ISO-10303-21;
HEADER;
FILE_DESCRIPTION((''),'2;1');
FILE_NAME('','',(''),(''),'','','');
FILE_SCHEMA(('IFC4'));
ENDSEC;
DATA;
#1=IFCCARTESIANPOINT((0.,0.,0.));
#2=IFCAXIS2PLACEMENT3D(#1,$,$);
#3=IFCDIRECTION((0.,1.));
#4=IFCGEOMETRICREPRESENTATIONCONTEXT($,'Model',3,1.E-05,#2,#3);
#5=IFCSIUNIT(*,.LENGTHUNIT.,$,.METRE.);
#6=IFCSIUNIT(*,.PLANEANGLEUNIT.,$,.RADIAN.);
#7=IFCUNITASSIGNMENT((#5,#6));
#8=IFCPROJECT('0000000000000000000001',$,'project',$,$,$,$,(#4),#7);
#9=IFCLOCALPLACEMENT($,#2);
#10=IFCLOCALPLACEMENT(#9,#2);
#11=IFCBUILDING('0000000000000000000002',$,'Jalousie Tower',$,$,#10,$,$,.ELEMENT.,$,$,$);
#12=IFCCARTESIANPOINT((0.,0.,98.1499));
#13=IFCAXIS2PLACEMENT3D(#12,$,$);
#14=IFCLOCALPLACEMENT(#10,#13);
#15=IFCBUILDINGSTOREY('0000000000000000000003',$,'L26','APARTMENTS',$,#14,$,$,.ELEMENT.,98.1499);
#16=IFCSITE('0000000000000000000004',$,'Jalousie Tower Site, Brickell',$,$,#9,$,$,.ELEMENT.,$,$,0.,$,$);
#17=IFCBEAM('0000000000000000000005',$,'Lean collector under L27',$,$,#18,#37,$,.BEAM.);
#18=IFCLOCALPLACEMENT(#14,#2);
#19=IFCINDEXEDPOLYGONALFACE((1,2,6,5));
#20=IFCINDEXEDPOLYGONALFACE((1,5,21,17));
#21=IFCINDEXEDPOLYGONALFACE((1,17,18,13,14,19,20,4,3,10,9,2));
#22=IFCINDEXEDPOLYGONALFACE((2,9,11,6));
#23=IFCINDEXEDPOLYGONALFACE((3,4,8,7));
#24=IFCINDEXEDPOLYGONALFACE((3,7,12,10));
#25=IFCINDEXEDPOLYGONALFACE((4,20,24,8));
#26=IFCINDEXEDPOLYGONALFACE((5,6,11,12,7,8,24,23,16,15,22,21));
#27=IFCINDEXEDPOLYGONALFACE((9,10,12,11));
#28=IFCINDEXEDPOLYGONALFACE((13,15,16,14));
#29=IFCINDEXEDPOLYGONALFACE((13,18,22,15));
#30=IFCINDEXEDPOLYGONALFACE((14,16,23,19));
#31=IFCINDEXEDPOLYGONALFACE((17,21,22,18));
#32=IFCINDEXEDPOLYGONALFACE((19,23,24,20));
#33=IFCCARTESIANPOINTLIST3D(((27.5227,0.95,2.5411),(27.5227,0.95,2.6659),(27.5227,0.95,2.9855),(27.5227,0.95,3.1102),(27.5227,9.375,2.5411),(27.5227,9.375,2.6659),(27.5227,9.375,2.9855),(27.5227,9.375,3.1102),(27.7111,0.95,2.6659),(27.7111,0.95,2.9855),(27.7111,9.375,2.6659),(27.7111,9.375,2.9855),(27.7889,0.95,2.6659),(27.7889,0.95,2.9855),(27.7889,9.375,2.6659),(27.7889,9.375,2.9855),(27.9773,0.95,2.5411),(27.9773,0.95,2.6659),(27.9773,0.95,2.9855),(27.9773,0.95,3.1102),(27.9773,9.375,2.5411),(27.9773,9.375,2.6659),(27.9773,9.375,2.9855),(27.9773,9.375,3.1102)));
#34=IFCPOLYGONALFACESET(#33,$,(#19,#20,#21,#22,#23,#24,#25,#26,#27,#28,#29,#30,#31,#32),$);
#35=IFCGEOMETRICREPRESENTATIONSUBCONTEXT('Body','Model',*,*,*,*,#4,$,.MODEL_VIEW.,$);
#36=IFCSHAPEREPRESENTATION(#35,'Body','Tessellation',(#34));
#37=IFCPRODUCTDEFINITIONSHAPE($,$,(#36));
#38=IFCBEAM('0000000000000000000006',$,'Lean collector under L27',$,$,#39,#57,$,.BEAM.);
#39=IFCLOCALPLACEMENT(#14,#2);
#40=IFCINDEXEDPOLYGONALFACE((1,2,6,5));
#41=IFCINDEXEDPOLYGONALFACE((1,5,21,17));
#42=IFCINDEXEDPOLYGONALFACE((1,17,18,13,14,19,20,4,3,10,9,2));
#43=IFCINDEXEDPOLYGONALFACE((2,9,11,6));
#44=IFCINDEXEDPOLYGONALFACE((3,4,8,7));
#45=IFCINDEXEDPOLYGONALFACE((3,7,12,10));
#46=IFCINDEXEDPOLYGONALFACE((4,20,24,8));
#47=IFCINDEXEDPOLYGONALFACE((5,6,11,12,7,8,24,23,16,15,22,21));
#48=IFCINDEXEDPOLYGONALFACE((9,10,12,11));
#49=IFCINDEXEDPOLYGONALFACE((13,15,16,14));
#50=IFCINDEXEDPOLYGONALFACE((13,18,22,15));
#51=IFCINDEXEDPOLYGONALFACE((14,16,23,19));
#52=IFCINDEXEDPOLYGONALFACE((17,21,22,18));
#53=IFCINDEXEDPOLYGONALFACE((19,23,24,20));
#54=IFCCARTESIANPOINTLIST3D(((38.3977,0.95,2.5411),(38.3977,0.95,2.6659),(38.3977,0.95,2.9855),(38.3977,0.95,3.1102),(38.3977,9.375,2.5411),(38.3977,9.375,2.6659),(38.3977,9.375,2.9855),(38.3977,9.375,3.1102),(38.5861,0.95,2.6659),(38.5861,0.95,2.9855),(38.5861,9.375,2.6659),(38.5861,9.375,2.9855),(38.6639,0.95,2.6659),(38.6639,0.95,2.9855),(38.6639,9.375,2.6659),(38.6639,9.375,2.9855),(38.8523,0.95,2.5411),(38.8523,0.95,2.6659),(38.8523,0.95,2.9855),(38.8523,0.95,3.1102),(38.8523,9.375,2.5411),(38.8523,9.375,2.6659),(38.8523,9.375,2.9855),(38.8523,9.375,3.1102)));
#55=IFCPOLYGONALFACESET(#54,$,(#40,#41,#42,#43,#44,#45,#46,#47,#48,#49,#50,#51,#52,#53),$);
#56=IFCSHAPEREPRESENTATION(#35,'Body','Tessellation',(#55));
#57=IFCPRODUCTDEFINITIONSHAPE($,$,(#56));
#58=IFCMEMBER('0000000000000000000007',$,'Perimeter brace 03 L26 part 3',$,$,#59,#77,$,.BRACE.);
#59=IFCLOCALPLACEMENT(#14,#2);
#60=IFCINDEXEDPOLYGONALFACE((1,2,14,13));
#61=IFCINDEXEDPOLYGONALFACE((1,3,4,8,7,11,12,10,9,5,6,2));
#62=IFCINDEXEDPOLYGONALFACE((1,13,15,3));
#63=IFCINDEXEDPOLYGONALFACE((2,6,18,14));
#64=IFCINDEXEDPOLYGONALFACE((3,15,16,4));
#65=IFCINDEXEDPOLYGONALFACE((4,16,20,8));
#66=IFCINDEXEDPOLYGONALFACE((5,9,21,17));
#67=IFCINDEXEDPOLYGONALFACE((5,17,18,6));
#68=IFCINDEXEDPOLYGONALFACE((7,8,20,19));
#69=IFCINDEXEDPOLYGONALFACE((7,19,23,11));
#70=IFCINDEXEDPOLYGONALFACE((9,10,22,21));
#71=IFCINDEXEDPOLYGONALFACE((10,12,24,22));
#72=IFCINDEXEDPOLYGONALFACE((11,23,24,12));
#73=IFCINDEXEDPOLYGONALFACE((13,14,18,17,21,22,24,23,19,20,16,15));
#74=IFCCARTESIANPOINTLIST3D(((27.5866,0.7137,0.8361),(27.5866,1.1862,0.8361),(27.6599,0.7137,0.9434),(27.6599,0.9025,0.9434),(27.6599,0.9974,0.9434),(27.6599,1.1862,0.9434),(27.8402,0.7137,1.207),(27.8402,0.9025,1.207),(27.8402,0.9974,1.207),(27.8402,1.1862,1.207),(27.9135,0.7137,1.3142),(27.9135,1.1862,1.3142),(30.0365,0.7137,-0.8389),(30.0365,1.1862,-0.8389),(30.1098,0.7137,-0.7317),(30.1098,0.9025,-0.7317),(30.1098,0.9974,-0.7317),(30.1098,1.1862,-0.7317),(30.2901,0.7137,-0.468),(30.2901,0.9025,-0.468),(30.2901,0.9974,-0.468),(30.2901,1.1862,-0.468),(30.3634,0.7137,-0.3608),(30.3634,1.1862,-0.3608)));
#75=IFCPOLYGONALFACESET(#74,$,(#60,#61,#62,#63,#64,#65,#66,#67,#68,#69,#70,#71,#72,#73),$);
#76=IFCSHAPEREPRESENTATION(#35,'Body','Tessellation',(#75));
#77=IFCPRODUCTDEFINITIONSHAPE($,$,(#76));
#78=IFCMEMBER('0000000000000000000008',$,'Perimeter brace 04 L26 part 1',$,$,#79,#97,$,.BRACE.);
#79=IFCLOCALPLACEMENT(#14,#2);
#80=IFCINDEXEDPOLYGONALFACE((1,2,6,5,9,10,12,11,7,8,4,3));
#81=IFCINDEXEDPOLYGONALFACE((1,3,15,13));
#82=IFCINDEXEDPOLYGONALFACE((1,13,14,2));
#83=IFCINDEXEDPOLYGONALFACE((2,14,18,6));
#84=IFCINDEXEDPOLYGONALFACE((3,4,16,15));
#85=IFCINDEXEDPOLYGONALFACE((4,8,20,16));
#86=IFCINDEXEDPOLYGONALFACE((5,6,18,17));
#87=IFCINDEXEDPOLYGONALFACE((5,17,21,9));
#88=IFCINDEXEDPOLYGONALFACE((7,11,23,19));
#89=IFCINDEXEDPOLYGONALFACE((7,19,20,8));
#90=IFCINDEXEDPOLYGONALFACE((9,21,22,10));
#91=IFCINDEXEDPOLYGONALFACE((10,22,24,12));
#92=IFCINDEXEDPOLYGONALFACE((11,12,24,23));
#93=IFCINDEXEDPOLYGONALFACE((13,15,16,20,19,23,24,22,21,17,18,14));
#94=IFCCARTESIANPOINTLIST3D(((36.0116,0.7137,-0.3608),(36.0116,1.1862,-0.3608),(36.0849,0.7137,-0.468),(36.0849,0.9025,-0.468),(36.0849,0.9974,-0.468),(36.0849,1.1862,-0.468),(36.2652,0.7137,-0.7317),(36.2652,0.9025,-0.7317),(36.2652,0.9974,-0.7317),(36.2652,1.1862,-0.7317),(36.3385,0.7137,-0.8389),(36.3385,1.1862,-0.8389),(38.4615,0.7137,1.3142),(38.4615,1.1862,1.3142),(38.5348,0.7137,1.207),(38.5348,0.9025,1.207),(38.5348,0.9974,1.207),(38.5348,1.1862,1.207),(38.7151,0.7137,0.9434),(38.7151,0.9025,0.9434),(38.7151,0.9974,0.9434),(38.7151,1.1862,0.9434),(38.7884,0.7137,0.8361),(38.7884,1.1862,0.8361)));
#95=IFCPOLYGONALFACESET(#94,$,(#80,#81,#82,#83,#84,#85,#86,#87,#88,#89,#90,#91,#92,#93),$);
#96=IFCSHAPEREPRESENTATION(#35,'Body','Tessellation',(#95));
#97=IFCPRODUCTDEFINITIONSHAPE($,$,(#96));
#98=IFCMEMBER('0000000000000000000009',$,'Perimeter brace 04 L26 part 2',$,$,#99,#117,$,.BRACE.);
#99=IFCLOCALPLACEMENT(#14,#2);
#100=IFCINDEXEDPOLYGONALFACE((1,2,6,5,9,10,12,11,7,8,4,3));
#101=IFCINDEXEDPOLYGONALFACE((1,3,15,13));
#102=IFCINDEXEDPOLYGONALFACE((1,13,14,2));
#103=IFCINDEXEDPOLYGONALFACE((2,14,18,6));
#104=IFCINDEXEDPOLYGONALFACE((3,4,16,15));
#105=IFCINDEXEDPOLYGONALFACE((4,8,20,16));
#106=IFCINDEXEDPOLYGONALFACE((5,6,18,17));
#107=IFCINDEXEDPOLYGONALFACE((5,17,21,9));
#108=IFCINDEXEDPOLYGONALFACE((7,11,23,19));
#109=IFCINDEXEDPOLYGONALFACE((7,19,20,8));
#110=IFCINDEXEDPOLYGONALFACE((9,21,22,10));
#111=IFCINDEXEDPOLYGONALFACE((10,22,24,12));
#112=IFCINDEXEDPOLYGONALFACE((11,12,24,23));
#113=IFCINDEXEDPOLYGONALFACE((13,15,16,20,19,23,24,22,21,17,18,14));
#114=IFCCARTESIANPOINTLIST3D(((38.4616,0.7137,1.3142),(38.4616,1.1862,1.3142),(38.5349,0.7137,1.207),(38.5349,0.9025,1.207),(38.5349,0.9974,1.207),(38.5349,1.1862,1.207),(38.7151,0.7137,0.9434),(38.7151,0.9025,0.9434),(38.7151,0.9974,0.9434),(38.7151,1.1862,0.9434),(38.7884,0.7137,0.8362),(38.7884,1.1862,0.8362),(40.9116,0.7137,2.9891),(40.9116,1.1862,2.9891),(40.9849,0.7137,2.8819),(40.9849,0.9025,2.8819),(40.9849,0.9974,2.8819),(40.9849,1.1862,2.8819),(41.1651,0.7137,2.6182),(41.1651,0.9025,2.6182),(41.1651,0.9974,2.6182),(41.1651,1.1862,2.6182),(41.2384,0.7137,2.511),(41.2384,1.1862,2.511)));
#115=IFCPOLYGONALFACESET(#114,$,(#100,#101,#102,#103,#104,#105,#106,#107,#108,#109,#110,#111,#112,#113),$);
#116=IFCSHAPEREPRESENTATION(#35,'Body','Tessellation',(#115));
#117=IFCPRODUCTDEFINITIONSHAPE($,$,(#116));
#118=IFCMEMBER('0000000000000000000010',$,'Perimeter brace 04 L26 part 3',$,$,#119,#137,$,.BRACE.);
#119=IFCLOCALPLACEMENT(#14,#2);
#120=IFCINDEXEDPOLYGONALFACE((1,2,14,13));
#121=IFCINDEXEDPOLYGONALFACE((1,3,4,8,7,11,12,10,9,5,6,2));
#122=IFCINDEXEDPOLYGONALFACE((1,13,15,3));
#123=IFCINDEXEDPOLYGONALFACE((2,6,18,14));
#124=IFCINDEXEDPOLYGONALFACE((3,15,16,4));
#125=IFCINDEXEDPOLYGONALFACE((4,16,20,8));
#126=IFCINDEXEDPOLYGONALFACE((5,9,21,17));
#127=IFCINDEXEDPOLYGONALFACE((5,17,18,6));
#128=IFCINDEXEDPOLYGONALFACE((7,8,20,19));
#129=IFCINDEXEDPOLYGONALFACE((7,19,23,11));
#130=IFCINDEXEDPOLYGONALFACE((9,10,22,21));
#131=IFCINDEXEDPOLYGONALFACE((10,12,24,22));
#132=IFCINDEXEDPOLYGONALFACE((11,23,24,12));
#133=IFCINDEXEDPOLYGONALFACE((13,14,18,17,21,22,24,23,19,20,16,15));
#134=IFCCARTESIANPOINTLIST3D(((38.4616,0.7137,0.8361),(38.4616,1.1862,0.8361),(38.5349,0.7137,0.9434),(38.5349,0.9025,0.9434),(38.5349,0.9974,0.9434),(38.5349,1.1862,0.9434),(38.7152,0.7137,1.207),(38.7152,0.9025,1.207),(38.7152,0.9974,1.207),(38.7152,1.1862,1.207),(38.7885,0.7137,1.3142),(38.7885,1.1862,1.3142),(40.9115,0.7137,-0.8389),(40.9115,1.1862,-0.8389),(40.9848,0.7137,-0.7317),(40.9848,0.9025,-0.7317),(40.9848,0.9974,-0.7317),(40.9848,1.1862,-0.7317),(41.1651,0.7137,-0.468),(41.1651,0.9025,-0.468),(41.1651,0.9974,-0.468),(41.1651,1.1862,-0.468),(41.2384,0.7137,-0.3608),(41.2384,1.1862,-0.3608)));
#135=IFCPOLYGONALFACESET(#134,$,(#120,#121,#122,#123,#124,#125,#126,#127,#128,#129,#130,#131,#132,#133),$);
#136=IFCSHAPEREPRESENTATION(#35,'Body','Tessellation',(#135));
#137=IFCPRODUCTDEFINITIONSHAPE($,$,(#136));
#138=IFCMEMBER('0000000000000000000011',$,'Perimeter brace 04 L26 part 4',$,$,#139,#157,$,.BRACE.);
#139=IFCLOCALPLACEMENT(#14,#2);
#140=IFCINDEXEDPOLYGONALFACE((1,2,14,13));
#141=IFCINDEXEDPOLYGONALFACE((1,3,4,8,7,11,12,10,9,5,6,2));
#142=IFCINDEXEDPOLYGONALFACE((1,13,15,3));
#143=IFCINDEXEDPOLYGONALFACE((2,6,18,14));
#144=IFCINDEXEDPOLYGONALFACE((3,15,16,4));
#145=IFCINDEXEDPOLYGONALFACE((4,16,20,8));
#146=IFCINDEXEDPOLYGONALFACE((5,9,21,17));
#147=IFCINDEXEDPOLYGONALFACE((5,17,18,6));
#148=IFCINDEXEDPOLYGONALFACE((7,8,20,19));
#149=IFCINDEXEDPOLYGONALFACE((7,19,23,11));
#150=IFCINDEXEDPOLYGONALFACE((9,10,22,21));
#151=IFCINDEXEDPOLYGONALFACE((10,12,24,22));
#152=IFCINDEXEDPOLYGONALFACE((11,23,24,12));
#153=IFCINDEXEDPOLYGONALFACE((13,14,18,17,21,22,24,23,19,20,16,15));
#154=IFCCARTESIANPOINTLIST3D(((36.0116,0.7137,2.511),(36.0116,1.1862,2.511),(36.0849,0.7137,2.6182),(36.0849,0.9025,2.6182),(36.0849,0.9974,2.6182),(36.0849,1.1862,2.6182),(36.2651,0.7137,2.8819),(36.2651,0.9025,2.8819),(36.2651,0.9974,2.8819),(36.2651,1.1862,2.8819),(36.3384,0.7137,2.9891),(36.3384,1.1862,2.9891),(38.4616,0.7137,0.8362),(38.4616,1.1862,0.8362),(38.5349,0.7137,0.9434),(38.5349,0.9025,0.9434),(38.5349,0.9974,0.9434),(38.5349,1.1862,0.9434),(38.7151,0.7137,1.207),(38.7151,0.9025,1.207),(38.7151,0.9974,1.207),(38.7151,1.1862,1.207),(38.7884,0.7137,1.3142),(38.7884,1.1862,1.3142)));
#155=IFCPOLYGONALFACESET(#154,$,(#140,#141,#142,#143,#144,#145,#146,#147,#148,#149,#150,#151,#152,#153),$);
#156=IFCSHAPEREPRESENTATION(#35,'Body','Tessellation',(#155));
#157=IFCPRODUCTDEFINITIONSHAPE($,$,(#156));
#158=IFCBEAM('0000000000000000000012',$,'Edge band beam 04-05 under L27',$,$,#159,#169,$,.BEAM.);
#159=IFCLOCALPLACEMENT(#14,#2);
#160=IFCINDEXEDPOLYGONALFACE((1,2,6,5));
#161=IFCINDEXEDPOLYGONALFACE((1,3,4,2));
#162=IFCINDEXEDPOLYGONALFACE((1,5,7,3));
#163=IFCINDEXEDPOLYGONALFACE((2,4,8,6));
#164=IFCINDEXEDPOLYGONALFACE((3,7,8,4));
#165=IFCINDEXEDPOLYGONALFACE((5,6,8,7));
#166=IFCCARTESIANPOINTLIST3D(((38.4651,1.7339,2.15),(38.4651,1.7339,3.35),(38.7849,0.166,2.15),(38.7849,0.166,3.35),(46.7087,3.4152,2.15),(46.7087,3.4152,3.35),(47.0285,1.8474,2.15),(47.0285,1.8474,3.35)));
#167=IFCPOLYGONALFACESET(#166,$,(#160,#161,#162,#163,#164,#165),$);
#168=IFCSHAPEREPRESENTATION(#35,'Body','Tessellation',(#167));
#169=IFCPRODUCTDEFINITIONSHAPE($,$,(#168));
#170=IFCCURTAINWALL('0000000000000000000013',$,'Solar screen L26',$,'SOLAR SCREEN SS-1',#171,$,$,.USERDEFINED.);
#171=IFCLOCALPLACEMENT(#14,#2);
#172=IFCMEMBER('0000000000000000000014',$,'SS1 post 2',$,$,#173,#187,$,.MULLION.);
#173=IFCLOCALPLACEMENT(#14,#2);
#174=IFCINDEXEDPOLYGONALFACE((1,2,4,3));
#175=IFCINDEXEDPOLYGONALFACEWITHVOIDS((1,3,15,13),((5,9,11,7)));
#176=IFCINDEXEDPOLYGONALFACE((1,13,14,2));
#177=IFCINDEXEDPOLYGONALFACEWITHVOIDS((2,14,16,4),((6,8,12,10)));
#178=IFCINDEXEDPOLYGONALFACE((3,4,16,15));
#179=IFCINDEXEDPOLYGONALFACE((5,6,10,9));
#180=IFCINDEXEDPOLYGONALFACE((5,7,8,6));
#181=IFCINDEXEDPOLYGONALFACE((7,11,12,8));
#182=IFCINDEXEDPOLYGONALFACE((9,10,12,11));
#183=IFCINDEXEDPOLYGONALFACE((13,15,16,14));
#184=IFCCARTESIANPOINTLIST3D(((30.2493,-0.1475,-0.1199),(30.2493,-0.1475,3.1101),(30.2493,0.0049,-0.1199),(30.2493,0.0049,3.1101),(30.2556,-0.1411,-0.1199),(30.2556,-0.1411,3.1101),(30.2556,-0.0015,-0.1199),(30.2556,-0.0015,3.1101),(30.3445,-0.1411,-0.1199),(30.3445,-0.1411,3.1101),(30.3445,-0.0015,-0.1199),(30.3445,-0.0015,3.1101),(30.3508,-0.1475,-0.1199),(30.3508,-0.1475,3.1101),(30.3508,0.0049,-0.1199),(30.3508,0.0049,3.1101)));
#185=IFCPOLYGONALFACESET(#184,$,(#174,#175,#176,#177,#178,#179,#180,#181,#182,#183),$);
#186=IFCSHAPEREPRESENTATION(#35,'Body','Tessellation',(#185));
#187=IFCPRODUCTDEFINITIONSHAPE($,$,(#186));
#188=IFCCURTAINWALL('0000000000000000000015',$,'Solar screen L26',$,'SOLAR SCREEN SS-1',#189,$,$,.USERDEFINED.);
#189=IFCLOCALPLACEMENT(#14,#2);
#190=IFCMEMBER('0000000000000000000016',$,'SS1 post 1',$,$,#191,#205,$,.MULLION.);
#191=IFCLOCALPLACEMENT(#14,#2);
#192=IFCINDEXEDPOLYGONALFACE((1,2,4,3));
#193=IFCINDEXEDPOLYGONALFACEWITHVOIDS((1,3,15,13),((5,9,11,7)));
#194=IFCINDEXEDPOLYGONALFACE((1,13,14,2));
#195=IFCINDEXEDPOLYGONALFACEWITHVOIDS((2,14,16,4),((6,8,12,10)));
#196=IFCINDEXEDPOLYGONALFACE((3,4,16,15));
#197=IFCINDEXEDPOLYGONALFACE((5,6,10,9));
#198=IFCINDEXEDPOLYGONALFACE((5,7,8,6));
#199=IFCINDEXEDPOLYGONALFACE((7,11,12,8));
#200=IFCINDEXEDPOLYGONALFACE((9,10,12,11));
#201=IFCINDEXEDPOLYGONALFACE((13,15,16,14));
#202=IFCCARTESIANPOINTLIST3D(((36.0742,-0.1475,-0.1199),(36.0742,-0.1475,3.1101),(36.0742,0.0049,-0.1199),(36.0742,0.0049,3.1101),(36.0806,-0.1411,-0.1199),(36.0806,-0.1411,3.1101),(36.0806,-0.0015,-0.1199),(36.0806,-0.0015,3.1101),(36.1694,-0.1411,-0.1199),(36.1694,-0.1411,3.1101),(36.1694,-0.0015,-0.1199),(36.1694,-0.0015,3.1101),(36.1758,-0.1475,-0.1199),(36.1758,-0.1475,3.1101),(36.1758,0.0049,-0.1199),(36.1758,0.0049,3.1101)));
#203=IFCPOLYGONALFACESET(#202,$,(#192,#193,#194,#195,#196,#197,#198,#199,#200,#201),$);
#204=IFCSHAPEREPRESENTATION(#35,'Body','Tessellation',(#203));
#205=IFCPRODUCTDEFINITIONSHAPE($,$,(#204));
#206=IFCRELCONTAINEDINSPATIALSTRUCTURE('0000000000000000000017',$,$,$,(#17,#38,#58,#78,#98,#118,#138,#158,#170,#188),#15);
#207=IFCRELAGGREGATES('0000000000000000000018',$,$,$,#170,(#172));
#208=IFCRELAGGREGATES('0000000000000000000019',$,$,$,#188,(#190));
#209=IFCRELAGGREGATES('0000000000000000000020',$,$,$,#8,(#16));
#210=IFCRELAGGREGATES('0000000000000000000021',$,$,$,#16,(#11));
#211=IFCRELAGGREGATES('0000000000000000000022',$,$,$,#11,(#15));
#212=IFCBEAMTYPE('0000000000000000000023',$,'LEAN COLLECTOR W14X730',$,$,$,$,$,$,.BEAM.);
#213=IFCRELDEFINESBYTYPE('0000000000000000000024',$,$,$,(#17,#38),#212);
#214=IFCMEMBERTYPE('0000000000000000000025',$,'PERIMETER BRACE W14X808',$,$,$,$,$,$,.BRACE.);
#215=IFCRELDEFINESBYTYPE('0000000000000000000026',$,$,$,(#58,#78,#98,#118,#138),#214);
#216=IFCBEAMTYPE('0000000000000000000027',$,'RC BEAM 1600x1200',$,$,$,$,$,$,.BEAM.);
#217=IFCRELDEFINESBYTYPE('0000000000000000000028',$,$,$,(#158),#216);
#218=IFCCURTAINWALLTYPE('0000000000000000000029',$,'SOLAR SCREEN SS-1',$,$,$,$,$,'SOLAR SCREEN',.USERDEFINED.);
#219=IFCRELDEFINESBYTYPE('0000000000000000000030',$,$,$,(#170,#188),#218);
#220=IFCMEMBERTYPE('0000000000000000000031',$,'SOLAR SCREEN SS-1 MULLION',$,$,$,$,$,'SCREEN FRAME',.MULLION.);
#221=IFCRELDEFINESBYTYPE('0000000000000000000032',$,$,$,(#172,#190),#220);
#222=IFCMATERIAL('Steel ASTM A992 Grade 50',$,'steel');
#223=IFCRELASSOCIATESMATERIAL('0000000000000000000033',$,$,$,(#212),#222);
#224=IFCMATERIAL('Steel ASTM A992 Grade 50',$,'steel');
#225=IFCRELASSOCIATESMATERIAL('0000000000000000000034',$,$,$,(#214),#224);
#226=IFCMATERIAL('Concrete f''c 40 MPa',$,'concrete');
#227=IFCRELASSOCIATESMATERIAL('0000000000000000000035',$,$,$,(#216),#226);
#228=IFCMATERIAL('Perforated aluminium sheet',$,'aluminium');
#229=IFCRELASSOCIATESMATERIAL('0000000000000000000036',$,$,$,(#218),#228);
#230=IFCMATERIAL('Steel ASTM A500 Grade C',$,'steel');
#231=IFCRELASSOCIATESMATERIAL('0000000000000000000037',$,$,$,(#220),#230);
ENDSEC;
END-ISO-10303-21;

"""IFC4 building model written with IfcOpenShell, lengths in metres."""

from ifc_helpers import new_model, si_unit, direction, frame, origin, origin_2d, place, context, subcontext, project, spatial, rectangle, hollow_rectangle, i_section, extrude, material, material_profile, profile_set, type_object, element, aggregate, save


model = new_model("IFC4")

# Units and contexts
model_context = context("Model", 3, precision=1e-05, world=origin(), true_north=direction((0.0, 1.0)))
body_context = subcontext(model_context, "Body", "Model", "MODEL_VIEW")
ifc_project = project(units=[si_unit("LENGTHUNIT", "METRE"), si_unit("PLANEANGLEUNIT", "RADIAN")], contexts=[model_context])

# Site, building, storey
site_placement = place(None, origin())
site = spatial("IfcSite", under=ifc_project, at=site_placement, Name="Jalousie Tower Site, Brickell", CompositionType="ELEMENT", RefElevation=0.0)
building_placement = place(site_placement, origin())
building = spatial("IfcBuilding", under=site, at=building_placement, Name="Jalousie Tower", CompositionType="ELEMENT")
storey_placement = place(building_placement, frame((0.0, 0.0, 98.1499)))
storey = spatial("IfcBuildingStorey", under=building, at=storey_placement, Name="L26", Description="APARTMENTS", CompositionType="ELEMENT", Elevation=98.1499)

# Beams
ifc_material_1 = material(Name="Steel ASTM A992 Grade 50", Category="steel")
ifc_material_profile_1 = material_profile(ifc_material_1, i_section(OverallWidth=0.4546, OverallDepth=0.5691, WebThickness=0.0779, FlangeThickness=0.1248, at=origin_2d()), Name="W14X730")
ifc_profile_set_1 = profile_set([ifc_material_profile_1], Name="Steel ASTM A992 Grade 50")
beam_type_1 = type_object("IfcBeamType", Name="LEAN COLLECTOR W14X730", PredefinedType="BEAM", material=ifc_profile_set_1)
for number, where, z_axis, x_axis, name in (
    (1, (27.75, 0.95, 2.8257), (0.0, 1.0, 0.0), (-1.0, 0.0, 0.0), "Lean collector under L27"),
    (2, (38.625, 0.95, 2.8257), (0.0, 1.0, 0.0), (-1.0, 0.0, 0.0), "Lean collector under L27"),
):
    element("IfcBeam", number, at=place(storey_placement, frame(where, z_axis=z_axis, x_axis=x_axis)), inside=storey, type_object=beam_type_1, Name=name, PredefinedType="BEAM", context=body_context, shape_type="SweptSolid", body=[
        extrude(i_section(OverallWidth=0.4546, OverallDepth=0.5691, WebThickness=0.0779, FlangeThickness=0.1248, at=origin_2d()), origin(), (0.0, 0.0, 1.0), 8.425),
    ])

# Members
ifc_material_2 = material(Name="Steel ASTM A992 Grade 50", Category="steel")
ifc_material_profile_2 = material_profile(ifc_material_2, i_section(OverallWidth=0.4724, OverallDepth=0.5791, WebThickness=0.095, FlangeThickness=0.1299, at=origin_2d()), Name="W14X808")
ifc_profile_set_2 = profile_set([ifc_material_profile_2], Name="Steel ASTM A992 Grade 50")
member_type_1 = type_object("IfcMemberType", Name="PERIMETER BRACE W14X808", PredefinedType="BRACE", material=ifc_profile_set_2)
for number, where, z_axis, x_axis, name in (
    (3, (30.2, 0.95, -0.5999), (-0.825501, 0.0, 0.564401), (0.0, -1.0, 0.0), "Perimeter brace 03 L26 part 3"),
    (4, (36.175, 0.95, -0.5999), (0.825501, 0.0, 0.564401), (0.0, 1.0, 0.0), "Perimeter brace 04 L26 part 1"),
    (5, (38.625, 0.95, 1.0752), (0.825539, 0.0, 0.564345), (0.0, 1.0, 0.0), "Perimeter brace 04 L26 part 2"),
    (6, (41.075, 0.95, -0.5999), (-0.825501, 0.0, 0.564401), (0.0, -1.0, 0.0), "Perimeter brace 04 L26 part 3"),
    (7, (38.625, 0.95, 1.0752), (-0.825539, 0.0, 0.564345), (0.0, -1.0, 0.0), "Perimeter brace 04 L26 part 4"),
):
    element("IfcMember", number, at=place(storey_placement, frame(where, z_axis=z_axis, x_axis=x_axis)), inside=storey, type_object=member_type_1, Name=name, PredefinedType="BRACE", context=body_context, shape_type="SweptSolid", body=[
        extrude(i_section(OverallWidth=0.4724, OverallDepth=0.5791, WebThickness=0.095, FlangeThickness=0.1299, at=origin_2d()), origin(), (0.0, 0.0, 1.0), 2.9678),
    ])

# Beam
ifc_material_3 = material(Name="Concrete f'c 40 MPa", Category="concrete")
ifc_material_profile_3 = material_profile(ifc_material_3, rectangle(XDim=1.6001, YDim=1.2, at=origin_2d()), Name="RC 1600x1200")
ifc_profile_set_3 = profile_set([ifc_material_profile_3], Name="Concrete f'c 40 MPa")
beam_type_2 = type_object("IfcBeamType", Name="RC BEAM 1600x1200", PredefinedType="BEAM", material=ifc_profile_set_3)
beam_placement = place(storey_placement, frame((38.625, 0.95, 2.75), z_axis=(0.979827, 0.199848, 0.0), x_axis=(-0.199848, 0.979827, 0.0)))
element("IfcBeam", 8, at=beam_placement, inside=storey, type_object=beam_type_2, Name="Edge band beam 04-05 under L27", PredefinedType="BEAM", context=body_context, shape_type="SweptSolid", body=[
    extrude(rectangle(XDim=1.6001, YDim=1.2, at=origin_2d()), origin(), (0.0, 0.0, 1.0), 8.4133),
])

# Curtain wall, member
ifc_material_4 = material(Name="Perforated aluminium sheet", Category="aluminium")
curtain_wall_type = type_object("IfcCurtainWallType", Name="SOLAR SCREEN SS-1", ElementType="SOLAR SCREEN", PredefinedType="USERDEFINED", material=ifc_material_4)
curtain_wall_1_placement = place(storey_placement, origin())
curtain_wall_1 = element("IfcCurtainWall", 9, at=curtain_wall_1_placement, inside=storey, type_object=curtain_wall_type, Name="Solar screen L26", ObjectType="SOLAR SCREEN SS-1", PredefinedType="USERDEFINED")
ifc_material_5 = material(Name="Steel ASTM A500 Grade C", Category="steel")
ifc_material_profile_4 = material_profile(ifc_material_5, hollow_rectangle(XDim=0.1016, YDim=0.1523, WallThickness=0.0063, at=origin_2d()), Name="HSS6X4X1/4")
ifc_profile_set_4 = profile_set([ifc_material_profile_4], Name="Steel ASTM A500 Grade C")
member_type_2 = type_object("IfcMemberType", Name="SOLAR SCREEN SS-1 MULLION", ElementType="SCREEN FRAME", PredefinedType="MULLION", material=ifc_profile_set_4)
member_1_placement = place(storey_placement, frame((30.3, -0.0713, -0.1199), z_axis=(0.0, 0.0, 1.0), x_axis=(1.0, 0.0, 0.0)))
member_1 = element("IfcMember", 10, at=member_1_placement, type_object=member_type_2, Name="SS1 post 2", PredefinedType="MULLION", context=body_context, shape_type="SweptSolid", body=[
    extrude(hollow_rectangle(XDim=0.1016, YDim=0.1523, WallThickness=0.0063, at=origin_2d()), origin(), (0.0, 0.0, 1.0), 3.23),
])
aggregate(curtain_wall_1, [member_1])

# Curtain wall, member
curtain_wall_2_placement = place(storey_placement, origin())
curtain_wall_2 = element("IfcCurtainWall", 11, at=curtain_wall_2_placement, inside=storey, type_object=curtain_wall_type, Name="Solar screen L26", ObjectType="SOLAR SCREEN SS-1", PredefinedType="USERDEFINED")
member_2_placement = place(storey_placement, frame((36.125, -0.0713, -0.1199), z_axis=(0.0, 0.0, 1.0), x_axis=(1.0, 0.0, 0.0)))
member_2 = element("IfcMember", 12, at=member_2_placement, type_object=member_type_2, Name="SS1 post 1", PredefinedType="MULLION", context=body_context, shape_type="SweptSolid", body=[
    extrude(hollow_rectangle(XDim=0.1016, YDim=0.1523, WallThickness=0.0063, at=origin_2d()), origin(), (0.0, 0.0, 1.0), 3.23),
])
aggregate(curtain_wall_2, [member_2])

save(model, "model.ifc")
